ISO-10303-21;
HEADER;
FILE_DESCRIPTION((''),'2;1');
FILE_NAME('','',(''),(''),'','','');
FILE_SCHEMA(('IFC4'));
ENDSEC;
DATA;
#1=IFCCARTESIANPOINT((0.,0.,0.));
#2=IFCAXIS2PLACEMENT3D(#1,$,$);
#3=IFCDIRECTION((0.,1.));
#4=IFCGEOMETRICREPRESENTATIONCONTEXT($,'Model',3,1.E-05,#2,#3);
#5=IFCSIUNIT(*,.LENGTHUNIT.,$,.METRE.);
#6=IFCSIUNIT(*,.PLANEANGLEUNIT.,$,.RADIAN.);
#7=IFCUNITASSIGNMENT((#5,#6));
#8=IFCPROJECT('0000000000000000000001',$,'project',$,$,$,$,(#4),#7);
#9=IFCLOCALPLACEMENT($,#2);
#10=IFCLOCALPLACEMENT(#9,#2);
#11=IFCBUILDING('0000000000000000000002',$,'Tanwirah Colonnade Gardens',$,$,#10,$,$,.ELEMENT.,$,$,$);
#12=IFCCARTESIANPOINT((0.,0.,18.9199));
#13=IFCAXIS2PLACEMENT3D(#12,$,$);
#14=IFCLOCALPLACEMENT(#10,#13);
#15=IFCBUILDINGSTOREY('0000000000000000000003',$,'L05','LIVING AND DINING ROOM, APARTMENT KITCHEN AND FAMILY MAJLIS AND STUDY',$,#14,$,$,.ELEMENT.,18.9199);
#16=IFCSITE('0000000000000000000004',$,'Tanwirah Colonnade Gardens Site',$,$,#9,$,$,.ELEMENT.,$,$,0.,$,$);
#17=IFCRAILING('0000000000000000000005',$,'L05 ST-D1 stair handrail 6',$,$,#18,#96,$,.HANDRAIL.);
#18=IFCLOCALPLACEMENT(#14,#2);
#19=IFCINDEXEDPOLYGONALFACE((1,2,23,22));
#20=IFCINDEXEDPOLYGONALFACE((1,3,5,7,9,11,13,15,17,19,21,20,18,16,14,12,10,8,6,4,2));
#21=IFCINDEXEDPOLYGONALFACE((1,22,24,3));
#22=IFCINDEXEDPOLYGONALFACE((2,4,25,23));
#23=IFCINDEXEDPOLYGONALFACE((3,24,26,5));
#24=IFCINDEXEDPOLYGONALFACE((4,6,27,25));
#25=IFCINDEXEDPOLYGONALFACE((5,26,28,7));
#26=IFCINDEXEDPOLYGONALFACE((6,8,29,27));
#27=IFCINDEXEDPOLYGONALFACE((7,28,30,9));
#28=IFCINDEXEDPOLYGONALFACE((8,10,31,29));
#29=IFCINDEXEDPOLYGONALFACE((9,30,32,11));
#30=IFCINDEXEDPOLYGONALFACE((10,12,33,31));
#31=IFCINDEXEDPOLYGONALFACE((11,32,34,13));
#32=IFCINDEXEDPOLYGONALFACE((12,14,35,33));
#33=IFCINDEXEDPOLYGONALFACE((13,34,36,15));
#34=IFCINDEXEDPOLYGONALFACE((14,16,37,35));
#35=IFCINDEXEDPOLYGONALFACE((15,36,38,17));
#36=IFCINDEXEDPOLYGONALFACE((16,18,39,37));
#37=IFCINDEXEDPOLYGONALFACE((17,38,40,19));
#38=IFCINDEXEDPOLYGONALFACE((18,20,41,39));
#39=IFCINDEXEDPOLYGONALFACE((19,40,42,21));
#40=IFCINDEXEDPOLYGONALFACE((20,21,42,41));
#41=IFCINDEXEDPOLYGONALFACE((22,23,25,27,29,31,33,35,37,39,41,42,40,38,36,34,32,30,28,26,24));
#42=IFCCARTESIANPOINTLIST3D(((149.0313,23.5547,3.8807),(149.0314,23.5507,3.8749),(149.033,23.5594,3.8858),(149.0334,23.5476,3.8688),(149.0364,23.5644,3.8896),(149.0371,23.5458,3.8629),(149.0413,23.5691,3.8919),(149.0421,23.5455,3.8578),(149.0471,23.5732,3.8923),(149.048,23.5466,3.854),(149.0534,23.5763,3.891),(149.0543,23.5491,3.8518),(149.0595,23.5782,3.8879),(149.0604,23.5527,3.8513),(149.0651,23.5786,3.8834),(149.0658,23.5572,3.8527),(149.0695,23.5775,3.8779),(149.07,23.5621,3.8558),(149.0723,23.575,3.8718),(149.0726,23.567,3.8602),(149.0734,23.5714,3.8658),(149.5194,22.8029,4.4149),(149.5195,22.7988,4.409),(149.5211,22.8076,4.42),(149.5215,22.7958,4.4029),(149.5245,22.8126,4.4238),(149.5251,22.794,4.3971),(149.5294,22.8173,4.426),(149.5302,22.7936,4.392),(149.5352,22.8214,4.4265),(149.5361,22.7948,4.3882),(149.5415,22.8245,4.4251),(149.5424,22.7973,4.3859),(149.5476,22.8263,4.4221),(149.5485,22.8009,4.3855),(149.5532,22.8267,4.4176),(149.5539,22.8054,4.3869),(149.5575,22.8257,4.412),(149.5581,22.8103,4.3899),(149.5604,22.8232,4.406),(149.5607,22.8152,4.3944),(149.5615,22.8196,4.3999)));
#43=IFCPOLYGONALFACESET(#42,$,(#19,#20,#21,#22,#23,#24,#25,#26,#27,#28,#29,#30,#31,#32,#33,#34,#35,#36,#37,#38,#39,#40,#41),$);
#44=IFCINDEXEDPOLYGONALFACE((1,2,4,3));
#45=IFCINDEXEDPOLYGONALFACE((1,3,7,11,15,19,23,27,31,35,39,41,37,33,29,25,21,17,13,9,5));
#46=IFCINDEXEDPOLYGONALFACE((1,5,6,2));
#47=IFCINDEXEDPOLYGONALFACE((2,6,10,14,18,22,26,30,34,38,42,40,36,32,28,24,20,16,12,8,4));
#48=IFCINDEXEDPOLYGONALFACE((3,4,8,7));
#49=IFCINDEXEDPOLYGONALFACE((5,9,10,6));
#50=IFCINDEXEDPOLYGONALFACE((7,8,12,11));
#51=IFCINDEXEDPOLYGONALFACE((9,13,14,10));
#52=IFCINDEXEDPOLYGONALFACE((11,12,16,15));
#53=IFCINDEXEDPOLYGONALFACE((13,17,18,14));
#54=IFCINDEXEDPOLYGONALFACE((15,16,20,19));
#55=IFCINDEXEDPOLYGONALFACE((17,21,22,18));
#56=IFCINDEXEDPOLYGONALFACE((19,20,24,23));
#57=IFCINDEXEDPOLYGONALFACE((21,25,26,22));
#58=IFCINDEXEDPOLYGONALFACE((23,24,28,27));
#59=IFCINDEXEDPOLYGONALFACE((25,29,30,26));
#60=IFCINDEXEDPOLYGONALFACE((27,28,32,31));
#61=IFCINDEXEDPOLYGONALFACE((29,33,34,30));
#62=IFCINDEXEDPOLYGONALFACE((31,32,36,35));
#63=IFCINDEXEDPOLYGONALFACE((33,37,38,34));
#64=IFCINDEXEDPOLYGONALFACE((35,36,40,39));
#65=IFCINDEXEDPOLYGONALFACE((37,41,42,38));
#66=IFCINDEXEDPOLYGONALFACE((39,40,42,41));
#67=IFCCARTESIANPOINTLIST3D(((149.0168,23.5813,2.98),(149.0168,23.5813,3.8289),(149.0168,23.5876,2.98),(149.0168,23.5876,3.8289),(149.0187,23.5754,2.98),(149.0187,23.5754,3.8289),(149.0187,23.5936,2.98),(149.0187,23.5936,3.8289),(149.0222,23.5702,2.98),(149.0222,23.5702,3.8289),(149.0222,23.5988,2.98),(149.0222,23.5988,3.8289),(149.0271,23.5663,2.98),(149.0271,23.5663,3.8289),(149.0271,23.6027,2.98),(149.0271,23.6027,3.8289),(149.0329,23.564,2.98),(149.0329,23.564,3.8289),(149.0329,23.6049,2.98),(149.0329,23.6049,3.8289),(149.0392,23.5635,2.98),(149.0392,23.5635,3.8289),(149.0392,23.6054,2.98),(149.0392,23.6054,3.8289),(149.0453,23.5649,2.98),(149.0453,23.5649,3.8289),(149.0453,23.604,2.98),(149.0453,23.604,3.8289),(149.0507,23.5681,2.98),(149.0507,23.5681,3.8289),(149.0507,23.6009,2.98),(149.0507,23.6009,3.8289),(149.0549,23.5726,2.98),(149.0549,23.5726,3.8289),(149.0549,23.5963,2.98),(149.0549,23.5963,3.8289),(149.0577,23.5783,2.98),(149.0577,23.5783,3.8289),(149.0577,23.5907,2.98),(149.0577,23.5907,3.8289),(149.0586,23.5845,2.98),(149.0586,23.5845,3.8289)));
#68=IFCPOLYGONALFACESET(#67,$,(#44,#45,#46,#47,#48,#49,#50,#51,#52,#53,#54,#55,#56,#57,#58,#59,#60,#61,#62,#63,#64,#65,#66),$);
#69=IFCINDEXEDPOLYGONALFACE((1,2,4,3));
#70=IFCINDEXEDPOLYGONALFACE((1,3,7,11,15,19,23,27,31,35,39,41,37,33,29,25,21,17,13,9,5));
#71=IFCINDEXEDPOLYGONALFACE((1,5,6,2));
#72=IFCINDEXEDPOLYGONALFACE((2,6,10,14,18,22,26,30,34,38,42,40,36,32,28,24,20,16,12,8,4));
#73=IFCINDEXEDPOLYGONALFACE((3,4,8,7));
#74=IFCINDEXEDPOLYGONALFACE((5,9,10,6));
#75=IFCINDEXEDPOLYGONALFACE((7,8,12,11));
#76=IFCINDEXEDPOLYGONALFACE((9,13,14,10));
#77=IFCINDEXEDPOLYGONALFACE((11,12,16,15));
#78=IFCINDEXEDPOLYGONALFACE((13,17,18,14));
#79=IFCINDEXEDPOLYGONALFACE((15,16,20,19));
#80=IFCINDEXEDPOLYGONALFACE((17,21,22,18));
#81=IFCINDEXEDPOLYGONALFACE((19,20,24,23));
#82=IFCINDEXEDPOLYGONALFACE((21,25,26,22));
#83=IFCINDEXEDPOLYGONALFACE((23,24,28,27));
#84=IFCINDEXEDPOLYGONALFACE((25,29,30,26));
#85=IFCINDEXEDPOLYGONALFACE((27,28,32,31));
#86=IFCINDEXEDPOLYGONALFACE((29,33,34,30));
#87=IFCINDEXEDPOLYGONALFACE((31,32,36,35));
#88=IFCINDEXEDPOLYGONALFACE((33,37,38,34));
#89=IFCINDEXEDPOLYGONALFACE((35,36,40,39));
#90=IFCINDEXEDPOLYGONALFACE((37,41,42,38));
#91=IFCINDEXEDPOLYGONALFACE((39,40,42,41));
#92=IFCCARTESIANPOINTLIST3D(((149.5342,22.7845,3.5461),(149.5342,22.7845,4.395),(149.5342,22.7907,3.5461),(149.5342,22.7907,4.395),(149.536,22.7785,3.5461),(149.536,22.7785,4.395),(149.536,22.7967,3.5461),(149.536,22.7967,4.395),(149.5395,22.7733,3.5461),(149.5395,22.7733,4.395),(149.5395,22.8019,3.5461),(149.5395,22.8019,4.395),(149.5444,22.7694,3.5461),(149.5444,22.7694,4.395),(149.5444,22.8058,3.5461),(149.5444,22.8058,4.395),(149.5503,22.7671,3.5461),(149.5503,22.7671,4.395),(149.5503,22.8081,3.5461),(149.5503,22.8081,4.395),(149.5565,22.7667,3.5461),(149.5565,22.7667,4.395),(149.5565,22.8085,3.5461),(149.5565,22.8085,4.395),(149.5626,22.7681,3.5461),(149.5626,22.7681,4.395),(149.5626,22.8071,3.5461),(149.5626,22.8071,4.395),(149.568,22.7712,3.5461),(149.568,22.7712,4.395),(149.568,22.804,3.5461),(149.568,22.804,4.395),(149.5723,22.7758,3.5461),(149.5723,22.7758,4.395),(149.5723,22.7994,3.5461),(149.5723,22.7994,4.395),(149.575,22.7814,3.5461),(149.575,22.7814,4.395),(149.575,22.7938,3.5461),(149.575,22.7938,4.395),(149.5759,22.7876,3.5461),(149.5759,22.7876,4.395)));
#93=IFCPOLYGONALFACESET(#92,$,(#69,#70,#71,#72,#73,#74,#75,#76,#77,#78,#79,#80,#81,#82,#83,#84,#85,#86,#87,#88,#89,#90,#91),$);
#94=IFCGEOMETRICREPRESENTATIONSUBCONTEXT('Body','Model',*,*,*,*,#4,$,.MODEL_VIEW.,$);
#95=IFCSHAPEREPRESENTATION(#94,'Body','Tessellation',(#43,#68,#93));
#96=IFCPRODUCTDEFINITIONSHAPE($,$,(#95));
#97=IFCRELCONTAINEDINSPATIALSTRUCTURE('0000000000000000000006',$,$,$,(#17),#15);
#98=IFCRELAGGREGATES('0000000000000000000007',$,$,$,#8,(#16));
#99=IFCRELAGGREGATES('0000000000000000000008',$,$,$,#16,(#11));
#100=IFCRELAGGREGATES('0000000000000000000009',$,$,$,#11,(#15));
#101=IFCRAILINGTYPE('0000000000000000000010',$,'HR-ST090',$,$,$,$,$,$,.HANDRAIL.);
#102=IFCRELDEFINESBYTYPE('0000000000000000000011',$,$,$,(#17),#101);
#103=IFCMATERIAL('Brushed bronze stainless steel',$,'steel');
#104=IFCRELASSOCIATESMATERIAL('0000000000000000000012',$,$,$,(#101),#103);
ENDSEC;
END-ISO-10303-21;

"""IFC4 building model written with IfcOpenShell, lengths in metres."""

from ifc_helpers import new_model, si_unit, direction, frame, origin, origin_2d, place, context, subcontext, project, spatial, circle, extrude, material, type_object, element, save


model = new_model("IFC4")

# Units and contexts
model_context = context("Model", 3, precision=1e-05, world=origin(), true_north=direction((0.0, 1.0)))
body_context = subcontext(model_context, "Body", "Model", "MODEL_VIEW")
ifc_project = project(units=[si_unit("LENGTHUNIT", "METRE"), si_unit("PLANEANGLEUNIT", "RADIAN")], contexts=[model_context])

# Site, building, storey
site_placement = place(None, origin())
site = spatial("IfcSite", under=ifc_project, at=site_placement, Name="Tanwirah Colonnade Gardens Site", CompositionType="ELEMENT", RefElevation=0.0)
building_placement = place(site_placement, origin())
building = spatial("IfcBuilding", under=site, at=building_placement, Name="Tanwirah Colonnade Gardens", CompositionType="ELEMENT")
storey_placement = place(building_placement, frame((0.0, 0.0, 18.9199)))
storey = spatial("IfcBuildingStorey", under=building, at=storey_placement, Name="L05", Description="LIVING AND DINING ROOM, APARTMENT KITCHEN AND FAMILY MAJLIS AND STUDY", CompositionType="ELEMENT", Elevation=18.9199)

# Railing
ifc_material_1 = material(Name="Brushed bronze stainless steel", Category="steel")
railing_type_1 = type_object("IfcRailingType", Name="HR-ST090", PredefinedType="HANDRAIL", material=ifc_material_1)
railing_1_placement = place(storey_placement, frame((149.0376, 23.5845, 2.98)))
element("IfcRailing", 1, at=railing_1_placement, inside=storey, type_object=railing_type_1, Name="L05 ST-D1 stair handrail 6", PredefinedType="HANDRAIL", context=body_context, shape_type="SweptSolid", body=[
    extrude(circle(Radius=0.0239, at=origin_2d()), frame((0.0146, -0.0225, 0.8918), z_axis=(0.467762, -0.720517, 0.511912), x_axis=(0.838749, 0.544519, 0.0)), (0.0, 0.0, 1.0), 1.0435),
    extrude(circle(Radius=0.021, at=origin_2d()), origin(), (0.0, 0.0, 1.0), 0.8489),
    extrude(circle(Radius=0.021, at=origin_2d()), frame((0.5173, -0.7969, 0.5662)), (0.0, 0.0, 1.0), 0.8489),
])

save(model, "model.ifc")
